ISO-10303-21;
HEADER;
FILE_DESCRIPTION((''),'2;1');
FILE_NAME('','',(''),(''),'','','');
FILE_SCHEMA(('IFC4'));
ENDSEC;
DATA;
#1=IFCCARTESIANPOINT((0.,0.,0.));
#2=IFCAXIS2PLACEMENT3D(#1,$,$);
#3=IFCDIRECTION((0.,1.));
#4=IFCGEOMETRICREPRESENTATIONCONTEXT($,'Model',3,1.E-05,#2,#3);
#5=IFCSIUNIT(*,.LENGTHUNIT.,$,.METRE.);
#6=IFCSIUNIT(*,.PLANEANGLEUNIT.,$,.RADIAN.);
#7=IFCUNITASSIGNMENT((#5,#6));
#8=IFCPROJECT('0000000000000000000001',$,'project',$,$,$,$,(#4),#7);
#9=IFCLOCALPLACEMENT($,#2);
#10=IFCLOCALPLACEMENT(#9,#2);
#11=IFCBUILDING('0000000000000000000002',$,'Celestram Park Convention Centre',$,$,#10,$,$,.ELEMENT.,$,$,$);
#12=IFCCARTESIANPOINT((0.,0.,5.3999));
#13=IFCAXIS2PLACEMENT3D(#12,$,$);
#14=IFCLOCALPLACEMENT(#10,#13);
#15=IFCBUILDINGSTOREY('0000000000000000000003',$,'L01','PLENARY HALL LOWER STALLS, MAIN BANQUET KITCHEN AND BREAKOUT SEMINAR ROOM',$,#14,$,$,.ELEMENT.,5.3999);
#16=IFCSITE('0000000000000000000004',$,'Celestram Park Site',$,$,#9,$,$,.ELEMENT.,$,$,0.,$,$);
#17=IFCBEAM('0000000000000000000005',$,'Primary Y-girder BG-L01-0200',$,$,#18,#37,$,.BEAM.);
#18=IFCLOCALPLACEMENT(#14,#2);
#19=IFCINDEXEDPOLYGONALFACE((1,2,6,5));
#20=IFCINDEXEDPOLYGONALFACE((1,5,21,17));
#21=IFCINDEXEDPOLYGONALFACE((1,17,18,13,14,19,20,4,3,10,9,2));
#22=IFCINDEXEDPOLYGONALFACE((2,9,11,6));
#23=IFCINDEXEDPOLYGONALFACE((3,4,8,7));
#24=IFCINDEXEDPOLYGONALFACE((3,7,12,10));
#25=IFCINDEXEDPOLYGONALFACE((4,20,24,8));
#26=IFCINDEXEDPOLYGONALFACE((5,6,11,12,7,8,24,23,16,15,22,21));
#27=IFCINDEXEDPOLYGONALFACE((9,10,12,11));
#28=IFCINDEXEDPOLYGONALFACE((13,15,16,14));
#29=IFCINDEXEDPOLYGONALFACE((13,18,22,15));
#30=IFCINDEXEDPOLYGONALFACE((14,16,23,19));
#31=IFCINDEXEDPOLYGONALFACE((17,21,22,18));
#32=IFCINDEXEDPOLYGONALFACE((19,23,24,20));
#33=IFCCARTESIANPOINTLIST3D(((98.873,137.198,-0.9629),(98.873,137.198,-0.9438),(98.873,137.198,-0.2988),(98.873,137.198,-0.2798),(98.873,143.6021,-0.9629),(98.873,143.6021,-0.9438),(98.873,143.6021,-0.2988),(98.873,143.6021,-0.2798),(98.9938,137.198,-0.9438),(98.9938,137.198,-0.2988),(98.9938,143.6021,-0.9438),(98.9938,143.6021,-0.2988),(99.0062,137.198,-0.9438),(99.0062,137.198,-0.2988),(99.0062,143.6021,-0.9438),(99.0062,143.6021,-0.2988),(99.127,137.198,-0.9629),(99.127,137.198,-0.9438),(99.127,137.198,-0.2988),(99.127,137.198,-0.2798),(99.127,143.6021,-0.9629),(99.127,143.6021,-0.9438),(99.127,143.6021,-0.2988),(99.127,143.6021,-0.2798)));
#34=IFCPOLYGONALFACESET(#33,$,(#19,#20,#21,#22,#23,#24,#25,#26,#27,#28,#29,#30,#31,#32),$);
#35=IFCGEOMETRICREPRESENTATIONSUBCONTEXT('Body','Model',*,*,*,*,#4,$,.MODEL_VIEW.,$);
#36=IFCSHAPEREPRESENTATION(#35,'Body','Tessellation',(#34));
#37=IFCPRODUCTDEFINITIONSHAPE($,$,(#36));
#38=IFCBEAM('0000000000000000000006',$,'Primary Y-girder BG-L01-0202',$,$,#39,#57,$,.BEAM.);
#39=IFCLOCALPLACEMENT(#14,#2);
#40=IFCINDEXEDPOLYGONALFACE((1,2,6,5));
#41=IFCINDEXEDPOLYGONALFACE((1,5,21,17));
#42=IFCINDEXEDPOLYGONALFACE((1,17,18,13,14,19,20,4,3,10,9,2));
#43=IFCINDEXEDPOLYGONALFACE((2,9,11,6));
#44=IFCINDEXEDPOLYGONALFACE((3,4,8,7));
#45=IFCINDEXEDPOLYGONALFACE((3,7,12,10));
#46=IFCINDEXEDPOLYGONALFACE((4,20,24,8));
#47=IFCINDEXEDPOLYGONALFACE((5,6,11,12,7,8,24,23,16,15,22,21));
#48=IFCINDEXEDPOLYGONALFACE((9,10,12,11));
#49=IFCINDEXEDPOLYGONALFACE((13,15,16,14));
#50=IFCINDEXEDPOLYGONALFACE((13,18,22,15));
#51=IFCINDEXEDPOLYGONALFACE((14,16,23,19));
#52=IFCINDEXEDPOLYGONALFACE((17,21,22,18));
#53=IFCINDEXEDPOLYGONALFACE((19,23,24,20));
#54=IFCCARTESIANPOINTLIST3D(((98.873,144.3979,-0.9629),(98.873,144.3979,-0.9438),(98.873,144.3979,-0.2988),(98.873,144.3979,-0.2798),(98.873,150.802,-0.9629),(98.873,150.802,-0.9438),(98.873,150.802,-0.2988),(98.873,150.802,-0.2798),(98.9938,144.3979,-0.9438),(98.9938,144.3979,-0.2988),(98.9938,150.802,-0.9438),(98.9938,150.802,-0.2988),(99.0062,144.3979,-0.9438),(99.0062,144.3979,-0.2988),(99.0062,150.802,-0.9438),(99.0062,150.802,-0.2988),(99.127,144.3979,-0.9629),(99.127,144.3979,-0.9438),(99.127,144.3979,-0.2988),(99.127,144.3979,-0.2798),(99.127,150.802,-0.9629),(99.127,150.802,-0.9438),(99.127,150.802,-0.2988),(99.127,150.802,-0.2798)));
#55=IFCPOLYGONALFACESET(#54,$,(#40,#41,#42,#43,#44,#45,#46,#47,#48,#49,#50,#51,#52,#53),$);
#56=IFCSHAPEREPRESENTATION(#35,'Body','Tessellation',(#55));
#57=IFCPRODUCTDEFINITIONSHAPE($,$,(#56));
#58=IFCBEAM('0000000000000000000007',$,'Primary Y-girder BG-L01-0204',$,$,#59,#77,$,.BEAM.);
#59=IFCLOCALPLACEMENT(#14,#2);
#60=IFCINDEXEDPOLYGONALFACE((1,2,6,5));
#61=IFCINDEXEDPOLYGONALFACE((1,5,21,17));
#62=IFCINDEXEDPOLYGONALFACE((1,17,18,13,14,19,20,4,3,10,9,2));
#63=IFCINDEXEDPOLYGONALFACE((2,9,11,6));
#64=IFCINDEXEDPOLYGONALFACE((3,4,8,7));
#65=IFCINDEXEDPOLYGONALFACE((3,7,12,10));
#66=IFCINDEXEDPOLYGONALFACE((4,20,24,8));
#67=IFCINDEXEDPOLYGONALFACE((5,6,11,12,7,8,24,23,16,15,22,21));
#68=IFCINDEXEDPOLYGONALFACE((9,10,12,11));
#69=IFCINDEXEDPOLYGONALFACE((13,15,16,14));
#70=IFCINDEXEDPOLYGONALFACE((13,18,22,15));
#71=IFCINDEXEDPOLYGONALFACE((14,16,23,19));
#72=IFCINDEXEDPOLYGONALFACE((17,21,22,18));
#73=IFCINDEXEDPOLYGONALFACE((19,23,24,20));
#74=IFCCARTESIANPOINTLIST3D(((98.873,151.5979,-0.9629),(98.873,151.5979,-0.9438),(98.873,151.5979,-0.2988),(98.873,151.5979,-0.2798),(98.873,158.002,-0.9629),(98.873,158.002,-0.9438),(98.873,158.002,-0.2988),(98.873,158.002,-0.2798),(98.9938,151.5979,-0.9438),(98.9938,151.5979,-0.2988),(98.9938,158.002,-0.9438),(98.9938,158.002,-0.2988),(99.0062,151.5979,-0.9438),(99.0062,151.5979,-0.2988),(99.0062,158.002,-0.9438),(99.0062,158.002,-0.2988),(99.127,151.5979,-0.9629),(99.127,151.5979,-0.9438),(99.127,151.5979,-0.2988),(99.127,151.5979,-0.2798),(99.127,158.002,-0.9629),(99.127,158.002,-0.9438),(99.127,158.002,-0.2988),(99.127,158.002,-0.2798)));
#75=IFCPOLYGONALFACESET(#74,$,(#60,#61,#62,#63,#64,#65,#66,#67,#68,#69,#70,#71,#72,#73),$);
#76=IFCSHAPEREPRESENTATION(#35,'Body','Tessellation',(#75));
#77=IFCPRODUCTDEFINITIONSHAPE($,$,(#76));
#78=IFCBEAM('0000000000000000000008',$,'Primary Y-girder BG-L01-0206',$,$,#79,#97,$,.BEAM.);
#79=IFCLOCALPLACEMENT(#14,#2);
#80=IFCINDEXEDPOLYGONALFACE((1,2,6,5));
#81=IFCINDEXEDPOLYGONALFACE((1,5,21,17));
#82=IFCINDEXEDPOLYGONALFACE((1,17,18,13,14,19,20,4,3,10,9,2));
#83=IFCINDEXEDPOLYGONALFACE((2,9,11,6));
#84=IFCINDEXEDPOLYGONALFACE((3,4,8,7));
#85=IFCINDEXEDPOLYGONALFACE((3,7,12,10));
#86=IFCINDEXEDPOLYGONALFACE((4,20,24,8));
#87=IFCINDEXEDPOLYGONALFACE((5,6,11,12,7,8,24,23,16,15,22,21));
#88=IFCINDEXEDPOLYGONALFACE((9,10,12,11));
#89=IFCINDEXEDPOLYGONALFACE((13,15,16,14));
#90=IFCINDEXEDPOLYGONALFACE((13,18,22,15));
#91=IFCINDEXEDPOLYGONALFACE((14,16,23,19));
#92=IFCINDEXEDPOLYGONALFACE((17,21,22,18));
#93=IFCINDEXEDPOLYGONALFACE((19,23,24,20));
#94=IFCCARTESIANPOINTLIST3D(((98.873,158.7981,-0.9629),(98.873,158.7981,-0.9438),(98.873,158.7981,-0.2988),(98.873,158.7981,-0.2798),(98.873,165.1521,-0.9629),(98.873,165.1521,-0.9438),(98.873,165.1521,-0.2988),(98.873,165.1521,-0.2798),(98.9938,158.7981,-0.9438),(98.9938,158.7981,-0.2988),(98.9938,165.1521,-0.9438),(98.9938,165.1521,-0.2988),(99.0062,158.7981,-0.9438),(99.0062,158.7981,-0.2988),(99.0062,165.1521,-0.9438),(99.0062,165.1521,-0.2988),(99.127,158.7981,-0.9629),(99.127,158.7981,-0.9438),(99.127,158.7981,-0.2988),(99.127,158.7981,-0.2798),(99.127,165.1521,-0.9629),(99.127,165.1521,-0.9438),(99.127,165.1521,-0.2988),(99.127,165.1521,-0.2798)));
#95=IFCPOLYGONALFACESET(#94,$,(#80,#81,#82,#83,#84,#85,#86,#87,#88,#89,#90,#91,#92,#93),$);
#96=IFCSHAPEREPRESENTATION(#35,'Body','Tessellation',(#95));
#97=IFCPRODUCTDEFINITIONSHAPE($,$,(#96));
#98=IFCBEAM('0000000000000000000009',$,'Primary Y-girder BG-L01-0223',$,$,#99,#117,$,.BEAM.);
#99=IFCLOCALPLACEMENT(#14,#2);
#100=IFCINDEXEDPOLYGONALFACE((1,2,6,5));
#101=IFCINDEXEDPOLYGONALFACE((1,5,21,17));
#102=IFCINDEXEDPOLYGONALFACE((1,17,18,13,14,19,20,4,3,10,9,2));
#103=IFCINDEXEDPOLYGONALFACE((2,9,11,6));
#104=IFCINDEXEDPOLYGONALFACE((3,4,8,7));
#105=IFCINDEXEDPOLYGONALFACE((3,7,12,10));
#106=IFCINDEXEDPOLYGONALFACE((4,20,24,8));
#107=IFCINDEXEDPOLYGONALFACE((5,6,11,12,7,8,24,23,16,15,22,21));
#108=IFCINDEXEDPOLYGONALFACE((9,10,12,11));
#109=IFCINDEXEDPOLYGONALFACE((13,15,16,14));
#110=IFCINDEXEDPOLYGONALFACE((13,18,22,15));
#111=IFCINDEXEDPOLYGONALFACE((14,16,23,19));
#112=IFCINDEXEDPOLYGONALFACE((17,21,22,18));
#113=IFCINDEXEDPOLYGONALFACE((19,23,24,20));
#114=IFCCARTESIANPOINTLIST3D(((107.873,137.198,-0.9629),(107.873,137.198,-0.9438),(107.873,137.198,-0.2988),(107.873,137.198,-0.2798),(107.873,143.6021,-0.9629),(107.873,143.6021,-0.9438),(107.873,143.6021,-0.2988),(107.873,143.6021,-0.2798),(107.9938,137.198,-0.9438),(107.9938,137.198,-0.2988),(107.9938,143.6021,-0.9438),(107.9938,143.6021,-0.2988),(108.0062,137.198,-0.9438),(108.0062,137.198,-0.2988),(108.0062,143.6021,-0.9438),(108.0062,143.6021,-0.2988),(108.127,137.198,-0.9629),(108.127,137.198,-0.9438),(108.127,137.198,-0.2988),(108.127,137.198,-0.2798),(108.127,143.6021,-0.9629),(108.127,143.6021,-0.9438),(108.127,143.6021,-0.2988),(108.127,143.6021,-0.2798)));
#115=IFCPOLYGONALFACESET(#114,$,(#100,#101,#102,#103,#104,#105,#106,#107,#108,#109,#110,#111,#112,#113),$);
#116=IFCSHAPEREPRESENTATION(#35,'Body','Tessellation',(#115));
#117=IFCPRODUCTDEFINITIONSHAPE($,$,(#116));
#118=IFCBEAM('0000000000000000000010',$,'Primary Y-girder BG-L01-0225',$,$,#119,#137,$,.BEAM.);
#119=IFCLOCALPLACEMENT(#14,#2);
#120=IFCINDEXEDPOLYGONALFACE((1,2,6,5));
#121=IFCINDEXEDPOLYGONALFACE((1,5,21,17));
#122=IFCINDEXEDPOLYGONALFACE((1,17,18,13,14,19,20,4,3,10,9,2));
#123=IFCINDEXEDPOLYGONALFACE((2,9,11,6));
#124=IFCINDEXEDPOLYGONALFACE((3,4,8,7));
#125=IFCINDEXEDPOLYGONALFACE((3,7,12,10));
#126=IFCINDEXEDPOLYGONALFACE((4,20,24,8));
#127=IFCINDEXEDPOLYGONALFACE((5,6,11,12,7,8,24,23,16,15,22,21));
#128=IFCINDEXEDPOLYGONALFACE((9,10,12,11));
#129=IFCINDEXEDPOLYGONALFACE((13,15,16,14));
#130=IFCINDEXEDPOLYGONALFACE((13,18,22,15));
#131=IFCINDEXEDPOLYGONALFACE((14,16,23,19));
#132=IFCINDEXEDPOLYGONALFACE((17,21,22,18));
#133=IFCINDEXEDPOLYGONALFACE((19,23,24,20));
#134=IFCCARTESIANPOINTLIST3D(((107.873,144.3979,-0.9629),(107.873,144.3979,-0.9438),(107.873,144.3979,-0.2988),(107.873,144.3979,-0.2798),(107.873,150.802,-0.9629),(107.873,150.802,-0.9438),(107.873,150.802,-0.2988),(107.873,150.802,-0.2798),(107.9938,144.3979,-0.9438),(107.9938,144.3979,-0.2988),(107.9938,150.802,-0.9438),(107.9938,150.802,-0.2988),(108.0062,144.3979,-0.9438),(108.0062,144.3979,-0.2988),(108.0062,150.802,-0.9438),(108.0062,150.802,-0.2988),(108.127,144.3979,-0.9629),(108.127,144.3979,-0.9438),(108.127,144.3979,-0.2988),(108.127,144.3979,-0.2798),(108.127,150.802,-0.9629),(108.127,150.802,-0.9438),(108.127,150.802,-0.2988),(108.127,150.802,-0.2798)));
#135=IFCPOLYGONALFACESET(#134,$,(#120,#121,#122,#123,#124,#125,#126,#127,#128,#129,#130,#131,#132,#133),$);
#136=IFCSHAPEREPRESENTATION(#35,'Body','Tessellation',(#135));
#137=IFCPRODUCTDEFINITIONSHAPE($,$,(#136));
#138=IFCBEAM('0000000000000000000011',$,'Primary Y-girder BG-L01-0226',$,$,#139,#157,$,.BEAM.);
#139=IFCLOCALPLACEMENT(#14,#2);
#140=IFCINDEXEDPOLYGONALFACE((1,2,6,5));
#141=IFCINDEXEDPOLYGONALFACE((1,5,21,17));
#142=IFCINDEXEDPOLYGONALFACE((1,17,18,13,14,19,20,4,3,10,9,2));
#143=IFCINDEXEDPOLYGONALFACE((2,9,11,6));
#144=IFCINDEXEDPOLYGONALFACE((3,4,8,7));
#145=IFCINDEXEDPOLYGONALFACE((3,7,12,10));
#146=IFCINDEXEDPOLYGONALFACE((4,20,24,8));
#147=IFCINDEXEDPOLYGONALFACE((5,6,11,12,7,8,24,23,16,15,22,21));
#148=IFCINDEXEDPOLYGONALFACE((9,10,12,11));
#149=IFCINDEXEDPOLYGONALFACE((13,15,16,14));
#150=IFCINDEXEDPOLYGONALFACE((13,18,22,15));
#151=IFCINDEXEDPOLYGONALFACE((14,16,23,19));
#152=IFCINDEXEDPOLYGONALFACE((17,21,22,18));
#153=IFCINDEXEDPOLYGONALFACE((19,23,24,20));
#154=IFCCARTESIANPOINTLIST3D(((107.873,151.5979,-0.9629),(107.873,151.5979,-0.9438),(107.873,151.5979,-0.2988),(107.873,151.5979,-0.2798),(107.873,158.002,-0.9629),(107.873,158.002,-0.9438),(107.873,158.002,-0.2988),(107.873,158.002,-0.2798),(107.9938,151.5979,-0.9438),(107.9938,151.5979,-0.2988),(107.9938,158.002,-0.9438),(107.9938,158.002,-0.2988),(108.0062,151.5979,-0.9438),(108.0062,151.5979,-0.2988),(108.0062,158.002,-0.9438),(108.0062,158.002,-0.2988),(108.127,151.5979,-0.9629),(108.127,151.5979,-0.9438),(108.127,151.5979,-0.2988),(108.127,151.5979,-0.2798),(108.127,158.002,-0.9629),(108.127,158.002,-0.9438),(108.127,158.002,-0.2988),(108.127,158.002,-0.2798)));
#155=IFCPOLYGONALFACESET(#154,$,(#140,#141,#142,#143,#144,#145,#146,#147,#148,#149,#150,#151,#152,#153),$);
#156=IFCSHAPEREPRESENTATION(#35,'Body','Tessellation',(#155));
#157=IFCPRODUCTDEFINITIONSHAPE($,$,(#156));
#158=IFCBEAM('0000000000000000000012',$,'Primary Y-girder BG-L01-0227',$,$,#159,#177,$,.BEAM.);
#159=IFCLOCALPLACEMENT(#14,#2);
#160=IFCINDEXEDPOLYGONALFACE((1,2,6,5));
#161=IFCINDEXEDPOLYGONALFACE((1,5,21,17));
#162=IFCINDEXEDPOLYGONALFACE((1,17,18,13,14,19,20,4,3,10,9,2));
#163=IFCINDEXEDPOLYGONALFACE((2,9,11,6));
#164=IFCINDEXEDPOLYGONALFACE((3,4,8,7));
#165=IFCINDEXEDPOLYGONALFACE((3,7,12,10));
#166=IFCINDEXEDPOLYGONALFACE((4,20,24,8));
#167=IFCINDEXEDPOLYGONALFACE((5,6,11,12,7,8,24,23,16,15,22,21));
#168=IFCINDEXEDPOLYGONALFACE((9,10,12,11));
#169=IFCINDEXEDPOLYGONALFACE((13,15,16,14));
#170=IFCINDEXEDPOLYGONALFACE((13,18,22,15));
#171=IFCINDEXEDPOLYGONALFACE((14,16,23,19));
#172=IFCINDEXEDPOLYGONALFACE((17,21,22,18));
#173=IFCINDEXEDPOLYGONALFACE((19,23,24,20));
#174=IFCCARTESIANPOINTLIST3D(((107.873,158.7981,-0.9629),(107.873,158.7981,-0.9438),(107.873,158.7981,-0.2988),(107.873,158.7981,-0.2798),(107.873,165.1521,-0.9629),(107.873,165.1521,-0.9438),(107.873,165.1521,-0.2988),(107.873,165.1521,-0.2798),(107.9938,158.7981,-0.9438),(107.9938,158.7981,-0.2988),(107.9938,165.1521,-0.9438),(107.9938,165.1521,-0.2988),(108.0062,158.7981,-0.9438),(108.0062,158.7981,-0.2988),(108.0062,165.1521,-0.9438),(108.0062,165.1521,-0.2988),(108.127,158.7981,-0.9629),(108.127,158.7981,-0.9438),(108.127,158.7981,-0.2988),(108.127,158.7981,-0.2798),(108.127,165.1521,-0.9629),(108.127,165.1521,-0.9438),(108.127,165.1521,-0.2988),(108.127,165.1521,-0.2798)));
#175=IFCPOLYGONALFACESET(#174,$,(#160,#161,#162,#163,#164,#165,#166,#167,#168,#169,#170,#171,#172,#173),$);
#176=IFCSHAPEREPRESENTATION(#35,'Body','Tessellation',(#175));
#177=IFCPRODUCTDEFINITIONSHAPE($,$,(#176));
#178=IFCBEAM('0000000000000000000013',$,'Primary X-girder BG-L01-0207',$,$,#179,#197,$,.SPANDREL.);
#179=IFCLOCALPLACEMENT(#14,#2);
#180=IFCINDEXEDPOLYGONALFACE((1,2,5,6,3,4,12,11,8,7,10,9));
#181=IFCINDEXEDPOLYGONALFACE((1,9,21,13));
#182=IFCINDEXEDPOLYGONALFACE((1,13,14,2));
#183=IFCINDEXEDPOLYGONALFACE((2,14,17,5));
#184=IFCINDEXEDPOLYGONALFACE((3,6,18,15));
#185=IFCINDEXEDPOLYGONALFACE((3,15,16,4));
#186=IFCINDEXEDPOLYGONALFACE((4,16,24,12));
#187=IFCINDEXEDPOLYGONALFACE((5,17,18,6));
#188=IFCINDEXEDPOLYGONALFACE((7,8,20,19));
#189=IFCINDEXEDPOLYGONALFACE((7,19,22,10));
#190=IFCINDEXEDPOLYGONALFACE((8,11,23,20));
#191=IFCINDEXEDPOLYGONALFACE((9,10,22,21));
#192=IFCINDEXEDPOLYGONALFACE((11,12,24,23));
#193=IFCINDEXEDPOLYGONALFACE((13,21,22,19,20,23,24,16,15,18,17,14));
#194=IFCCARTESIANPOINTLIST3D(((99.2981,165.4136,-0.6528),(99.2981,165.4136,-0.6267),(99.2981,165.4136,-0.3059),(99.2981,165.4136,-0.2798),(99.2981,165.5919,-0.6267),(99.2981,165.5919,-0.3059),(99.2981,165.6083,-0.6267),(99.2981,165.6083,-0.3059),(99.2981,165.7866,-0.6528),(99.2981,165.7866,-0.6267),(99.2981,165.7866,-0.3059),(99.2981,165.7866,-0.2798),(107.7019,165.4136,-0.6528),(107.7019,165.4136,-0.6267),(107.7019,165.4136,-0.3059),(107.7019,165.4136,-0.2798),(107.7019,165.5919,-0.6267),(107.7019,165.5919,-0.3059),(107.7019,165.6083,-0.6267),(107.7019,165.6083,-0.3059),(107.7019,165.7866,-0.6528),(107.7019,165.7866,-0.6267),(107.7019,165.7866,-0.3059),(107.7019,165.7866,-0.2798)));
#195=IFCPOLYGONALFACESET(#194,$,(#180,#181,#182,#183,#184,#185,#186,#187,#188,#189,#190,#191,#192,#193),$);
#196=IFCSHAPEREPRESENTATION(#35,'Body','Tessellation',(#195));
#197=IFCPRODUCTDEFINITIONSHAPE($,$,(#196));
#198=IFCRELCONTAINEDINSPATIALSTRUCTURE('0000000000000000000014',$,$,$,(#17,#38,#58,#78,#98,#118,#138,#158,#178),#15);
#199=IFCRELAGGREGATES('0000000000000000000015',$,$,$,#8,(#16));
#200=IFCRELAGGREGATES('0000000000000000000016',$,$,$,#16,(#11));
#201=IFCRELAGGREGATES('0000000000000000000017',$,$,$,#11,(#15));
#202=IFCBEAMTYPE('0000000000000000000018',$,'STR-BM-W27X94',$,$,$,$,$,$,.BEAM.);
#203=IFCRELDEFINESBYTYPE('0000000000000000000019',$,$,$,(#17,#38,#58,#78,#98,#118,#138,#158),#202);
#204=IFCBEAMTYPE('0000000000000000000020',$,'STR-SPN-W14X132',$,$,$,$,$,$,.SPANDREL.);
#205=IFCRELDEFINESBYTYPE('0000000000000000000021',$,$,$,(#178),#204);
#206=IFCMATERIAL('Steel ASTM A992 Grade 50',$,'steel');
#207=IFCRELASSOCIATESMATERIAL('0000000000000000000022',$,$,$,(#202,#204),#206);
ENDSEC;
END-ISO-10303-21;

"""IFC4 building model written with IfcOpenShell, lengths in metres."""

from ifc_helpers import new_model, si_unit, direction, frame, origin, origin_2d, place, context, subcontext, project, spatial, i_section, extrude, material, material_profile, profile_set, type_object, element, save


model = new_model("IFC4")

# Units and contexts
model_context = context("Model", 3, precision=1e-05, world=origin(), true_north=direction((0.0, 1.0)))
body_context = subcontext(model_context, "Body", "Model", "MODEL_VIEW")
ifc_project = project(units=[si_unit("LENGTHUNIT", "METRE"), si_unit("PLANEANGLEUNIT", "RADIAN")], contexts=[model_context])

# Site, building, storey
site_placement = place(None, origin())
site = spatial("IfcSite", under=ifc_project, at=site_placement, Name="Celestram Park Site", CompositionType="ELEMENT", RefElevation=0.0)
building_placement = place(site_placement, origin())
building = spatial("IfcBuilding", under=site, at=building_placement, Name="Celestram Park Convention Centre", CompositionType="ELEMENT")
storey_placement = place(building_placement, frame((0.0, 0.0, 5.3999)))
storey = spatial("IfcBuildingStorey", under=building, at=storey_placement, Name="L01", Description="PLENARY HALL LOWER STALLS, MAIN BANQUET KITCHEN AND BREAKOUT SEMINAR ROOM", CompositionType="ELEMENT", Elevation=5.3999)

# Beams
ifc_material_1 = material(Name="Steel ASTM A992 Grade 50", Category="steel")
ifc_material_profile_1 = material_profile(ifc_material_1, i_section(OverallWidth=0.2539, OverallDepth=0.6831, WebThickness=0.0125, FlangeThickness=0.019, at=origin_2d()), Name="W27X94")
ifc_profile_set_1 = profile_set([ifc_material_profile_1], Name="Steel ASTM A992 Grade 50")
beam_type_1 = type_object("IfcBeamType", Name="STR-BM-W27X94", PredefinedType="BEAM", material=ifc_profile_set_1)
for number, where, z_axis, x_axis, name in (
    (1, (99.0, 137.198, -0.6213), (0.0, 1.0, 0.0), (-1.0, 0.0, 0.0), "Primary Y-girder BG-L01-0200"),
    (2, (99.0, 144.3979, -0.6213), (0.0, 1.0, 0.0), (-1.0, 0.0, 0.0), "Primary Y-girder BG-L01-0202"),
    (3, (99.0, 151.5979, -0.6213), (0.0, 1.0, 0.0), (-1.0, 0.0, 0.0), "Primary Y-girder BG-L01-0204"),
):
    element("IfcBeam", number, at=place(storey_placement, frame(where, z_axis=z_axis, x_axis=x_axis)), inside=storey, type_object=beam_type_1, Name=name, PredefinedType="BEAM", context=body_context, shape_type="SweptSolid", body=[
        extrude(i_section(OverallWidth=0.2539, OverallDepth=0.6831, WebThickness=0.0125, FlangeThickness=0.019, at=origin_2d()), origin(), (0.0, 0.0, 1.0), 6.4041),
    ])
beam_1_placement = place(storey_placement, frame((99.0, 158.7981, -0.6213), z_axis=(0.0, 1.0, 0.0), x_axis=(-1.0, 0.0, 0.0)))
element("IfcBeam", 4, at=beam_1_placement, inside=storey, type_object=beam_type_1, Name="Primary Y-girder BG-L01-0206", PredefinedType="BEAM", context=body_context, shape_type="SweptSolid", body=[
    extrude(i_section(OverallWidth=0.2539, OverallDepth=0.6831, WebThickness=0.0125, FlangeThickness=0.019, at=origin_2d()), origin(), (0.0, 0.0, 1.0), 6.354),
])
for number, where, z_axis, x_axis, name in (
    (5, (108.0, 137.198, -0.6213), (0.0, 1.0, 0.0), (-1.0, 0.0, 0.0), "Primary Y-girder BG-L01-0223"),
    (6, (108.0, 144.3979, -0.6213), (0.0, 1.0, 0.0), (-1.0, 0.0, 0.0), "Primary Y-girder BG-L01-0225"),
    (7, (108.0, 151.5979, -0.6213), (0.0, 1.0, 0.0), (-1.0, 0.0, 0.0), "Primary Y-girder BG-L01-0226"),
):
    element("IfcBeam", number, at=place(storey_placement, frame(where, z_axis=z_axis, x_axis=x_axis)), inside=storey, type_object=beam_type_1, Name=name, PredefinedType="BEAM", context=body_context, shape_type="SweptSolid", body=[
        extrude(i_section(OverallWidth=0.2539, OverallDepth=0.6831, WebThickness=0.0125, FlangeThickness=0.019, at=origin_2d()), origin(), (0.0, 0.0, 1.0), 6.4041),
    ])
beam_2_placement = place(storey_placement, frame((108.0, 158.7981, -0.6213), z_axis=(0.0, 1.0, 0.0), x_axis=(-1.0, 0.0, 0.0)))
element("IfcBeam", 8, at=beam_2_placement, inside=storey, type_object=beam_type_1, Name="Primary Y-girder BG-L01-0227", PredefinedType="BEAM", context=body_context, shape_type="SweptSolid", body=[
    extrude(i_section(OverallWidth=0.2539, OverallDepth=0.6831, WebThickness=0.0125, FlangeThickness=0.019, at=origin_2d()), origin(), (0.0, 0.0, 1.0), 6.354),
])
ifc_material_profile_2 = material_profile(ifc_material_1, i_section(OverallWidth=0.373, OverallDepth=0.373, WebThickness=0.0164, FlangeThickness=0.0261, at=origin_2d()), Name="W14X132")
ifc_profile_set_2 = profile_set([ifc_material_profile_2], Name="Steel ASTM A992 Grade 50")
beam_type_2 = type_object("IfcBeamType", Name="STR-SPN-W14X132", PredefinedType="SPANDREL", material=ifc_profile_set_2)
beam_3_placement = place(storey_placement, frame((99.2981, 165.6001, -0.4663), z_axis=(1.0, 0.0, 0.0), x_axis=(0.0, 1.0, 0.0)))
element("IfcBeam", 9, at=beam_3_placement, inside=storey, type_object=beam_type_2, Name="Primary X-girder BG-L01-0207", PredefinedType="SPANDREL", context=body_context, shape_type="SweptSolid", body=[
    extrude(i_section(OverallWidth=0.373, OverallDepth=0.373, WebThickness=0.0164, FlangeThickness=0.0261, at=origin_2d()), origin(), (0.0, 0.0, 1.0), 8.4038),
])

save(model, "model.ifc")
